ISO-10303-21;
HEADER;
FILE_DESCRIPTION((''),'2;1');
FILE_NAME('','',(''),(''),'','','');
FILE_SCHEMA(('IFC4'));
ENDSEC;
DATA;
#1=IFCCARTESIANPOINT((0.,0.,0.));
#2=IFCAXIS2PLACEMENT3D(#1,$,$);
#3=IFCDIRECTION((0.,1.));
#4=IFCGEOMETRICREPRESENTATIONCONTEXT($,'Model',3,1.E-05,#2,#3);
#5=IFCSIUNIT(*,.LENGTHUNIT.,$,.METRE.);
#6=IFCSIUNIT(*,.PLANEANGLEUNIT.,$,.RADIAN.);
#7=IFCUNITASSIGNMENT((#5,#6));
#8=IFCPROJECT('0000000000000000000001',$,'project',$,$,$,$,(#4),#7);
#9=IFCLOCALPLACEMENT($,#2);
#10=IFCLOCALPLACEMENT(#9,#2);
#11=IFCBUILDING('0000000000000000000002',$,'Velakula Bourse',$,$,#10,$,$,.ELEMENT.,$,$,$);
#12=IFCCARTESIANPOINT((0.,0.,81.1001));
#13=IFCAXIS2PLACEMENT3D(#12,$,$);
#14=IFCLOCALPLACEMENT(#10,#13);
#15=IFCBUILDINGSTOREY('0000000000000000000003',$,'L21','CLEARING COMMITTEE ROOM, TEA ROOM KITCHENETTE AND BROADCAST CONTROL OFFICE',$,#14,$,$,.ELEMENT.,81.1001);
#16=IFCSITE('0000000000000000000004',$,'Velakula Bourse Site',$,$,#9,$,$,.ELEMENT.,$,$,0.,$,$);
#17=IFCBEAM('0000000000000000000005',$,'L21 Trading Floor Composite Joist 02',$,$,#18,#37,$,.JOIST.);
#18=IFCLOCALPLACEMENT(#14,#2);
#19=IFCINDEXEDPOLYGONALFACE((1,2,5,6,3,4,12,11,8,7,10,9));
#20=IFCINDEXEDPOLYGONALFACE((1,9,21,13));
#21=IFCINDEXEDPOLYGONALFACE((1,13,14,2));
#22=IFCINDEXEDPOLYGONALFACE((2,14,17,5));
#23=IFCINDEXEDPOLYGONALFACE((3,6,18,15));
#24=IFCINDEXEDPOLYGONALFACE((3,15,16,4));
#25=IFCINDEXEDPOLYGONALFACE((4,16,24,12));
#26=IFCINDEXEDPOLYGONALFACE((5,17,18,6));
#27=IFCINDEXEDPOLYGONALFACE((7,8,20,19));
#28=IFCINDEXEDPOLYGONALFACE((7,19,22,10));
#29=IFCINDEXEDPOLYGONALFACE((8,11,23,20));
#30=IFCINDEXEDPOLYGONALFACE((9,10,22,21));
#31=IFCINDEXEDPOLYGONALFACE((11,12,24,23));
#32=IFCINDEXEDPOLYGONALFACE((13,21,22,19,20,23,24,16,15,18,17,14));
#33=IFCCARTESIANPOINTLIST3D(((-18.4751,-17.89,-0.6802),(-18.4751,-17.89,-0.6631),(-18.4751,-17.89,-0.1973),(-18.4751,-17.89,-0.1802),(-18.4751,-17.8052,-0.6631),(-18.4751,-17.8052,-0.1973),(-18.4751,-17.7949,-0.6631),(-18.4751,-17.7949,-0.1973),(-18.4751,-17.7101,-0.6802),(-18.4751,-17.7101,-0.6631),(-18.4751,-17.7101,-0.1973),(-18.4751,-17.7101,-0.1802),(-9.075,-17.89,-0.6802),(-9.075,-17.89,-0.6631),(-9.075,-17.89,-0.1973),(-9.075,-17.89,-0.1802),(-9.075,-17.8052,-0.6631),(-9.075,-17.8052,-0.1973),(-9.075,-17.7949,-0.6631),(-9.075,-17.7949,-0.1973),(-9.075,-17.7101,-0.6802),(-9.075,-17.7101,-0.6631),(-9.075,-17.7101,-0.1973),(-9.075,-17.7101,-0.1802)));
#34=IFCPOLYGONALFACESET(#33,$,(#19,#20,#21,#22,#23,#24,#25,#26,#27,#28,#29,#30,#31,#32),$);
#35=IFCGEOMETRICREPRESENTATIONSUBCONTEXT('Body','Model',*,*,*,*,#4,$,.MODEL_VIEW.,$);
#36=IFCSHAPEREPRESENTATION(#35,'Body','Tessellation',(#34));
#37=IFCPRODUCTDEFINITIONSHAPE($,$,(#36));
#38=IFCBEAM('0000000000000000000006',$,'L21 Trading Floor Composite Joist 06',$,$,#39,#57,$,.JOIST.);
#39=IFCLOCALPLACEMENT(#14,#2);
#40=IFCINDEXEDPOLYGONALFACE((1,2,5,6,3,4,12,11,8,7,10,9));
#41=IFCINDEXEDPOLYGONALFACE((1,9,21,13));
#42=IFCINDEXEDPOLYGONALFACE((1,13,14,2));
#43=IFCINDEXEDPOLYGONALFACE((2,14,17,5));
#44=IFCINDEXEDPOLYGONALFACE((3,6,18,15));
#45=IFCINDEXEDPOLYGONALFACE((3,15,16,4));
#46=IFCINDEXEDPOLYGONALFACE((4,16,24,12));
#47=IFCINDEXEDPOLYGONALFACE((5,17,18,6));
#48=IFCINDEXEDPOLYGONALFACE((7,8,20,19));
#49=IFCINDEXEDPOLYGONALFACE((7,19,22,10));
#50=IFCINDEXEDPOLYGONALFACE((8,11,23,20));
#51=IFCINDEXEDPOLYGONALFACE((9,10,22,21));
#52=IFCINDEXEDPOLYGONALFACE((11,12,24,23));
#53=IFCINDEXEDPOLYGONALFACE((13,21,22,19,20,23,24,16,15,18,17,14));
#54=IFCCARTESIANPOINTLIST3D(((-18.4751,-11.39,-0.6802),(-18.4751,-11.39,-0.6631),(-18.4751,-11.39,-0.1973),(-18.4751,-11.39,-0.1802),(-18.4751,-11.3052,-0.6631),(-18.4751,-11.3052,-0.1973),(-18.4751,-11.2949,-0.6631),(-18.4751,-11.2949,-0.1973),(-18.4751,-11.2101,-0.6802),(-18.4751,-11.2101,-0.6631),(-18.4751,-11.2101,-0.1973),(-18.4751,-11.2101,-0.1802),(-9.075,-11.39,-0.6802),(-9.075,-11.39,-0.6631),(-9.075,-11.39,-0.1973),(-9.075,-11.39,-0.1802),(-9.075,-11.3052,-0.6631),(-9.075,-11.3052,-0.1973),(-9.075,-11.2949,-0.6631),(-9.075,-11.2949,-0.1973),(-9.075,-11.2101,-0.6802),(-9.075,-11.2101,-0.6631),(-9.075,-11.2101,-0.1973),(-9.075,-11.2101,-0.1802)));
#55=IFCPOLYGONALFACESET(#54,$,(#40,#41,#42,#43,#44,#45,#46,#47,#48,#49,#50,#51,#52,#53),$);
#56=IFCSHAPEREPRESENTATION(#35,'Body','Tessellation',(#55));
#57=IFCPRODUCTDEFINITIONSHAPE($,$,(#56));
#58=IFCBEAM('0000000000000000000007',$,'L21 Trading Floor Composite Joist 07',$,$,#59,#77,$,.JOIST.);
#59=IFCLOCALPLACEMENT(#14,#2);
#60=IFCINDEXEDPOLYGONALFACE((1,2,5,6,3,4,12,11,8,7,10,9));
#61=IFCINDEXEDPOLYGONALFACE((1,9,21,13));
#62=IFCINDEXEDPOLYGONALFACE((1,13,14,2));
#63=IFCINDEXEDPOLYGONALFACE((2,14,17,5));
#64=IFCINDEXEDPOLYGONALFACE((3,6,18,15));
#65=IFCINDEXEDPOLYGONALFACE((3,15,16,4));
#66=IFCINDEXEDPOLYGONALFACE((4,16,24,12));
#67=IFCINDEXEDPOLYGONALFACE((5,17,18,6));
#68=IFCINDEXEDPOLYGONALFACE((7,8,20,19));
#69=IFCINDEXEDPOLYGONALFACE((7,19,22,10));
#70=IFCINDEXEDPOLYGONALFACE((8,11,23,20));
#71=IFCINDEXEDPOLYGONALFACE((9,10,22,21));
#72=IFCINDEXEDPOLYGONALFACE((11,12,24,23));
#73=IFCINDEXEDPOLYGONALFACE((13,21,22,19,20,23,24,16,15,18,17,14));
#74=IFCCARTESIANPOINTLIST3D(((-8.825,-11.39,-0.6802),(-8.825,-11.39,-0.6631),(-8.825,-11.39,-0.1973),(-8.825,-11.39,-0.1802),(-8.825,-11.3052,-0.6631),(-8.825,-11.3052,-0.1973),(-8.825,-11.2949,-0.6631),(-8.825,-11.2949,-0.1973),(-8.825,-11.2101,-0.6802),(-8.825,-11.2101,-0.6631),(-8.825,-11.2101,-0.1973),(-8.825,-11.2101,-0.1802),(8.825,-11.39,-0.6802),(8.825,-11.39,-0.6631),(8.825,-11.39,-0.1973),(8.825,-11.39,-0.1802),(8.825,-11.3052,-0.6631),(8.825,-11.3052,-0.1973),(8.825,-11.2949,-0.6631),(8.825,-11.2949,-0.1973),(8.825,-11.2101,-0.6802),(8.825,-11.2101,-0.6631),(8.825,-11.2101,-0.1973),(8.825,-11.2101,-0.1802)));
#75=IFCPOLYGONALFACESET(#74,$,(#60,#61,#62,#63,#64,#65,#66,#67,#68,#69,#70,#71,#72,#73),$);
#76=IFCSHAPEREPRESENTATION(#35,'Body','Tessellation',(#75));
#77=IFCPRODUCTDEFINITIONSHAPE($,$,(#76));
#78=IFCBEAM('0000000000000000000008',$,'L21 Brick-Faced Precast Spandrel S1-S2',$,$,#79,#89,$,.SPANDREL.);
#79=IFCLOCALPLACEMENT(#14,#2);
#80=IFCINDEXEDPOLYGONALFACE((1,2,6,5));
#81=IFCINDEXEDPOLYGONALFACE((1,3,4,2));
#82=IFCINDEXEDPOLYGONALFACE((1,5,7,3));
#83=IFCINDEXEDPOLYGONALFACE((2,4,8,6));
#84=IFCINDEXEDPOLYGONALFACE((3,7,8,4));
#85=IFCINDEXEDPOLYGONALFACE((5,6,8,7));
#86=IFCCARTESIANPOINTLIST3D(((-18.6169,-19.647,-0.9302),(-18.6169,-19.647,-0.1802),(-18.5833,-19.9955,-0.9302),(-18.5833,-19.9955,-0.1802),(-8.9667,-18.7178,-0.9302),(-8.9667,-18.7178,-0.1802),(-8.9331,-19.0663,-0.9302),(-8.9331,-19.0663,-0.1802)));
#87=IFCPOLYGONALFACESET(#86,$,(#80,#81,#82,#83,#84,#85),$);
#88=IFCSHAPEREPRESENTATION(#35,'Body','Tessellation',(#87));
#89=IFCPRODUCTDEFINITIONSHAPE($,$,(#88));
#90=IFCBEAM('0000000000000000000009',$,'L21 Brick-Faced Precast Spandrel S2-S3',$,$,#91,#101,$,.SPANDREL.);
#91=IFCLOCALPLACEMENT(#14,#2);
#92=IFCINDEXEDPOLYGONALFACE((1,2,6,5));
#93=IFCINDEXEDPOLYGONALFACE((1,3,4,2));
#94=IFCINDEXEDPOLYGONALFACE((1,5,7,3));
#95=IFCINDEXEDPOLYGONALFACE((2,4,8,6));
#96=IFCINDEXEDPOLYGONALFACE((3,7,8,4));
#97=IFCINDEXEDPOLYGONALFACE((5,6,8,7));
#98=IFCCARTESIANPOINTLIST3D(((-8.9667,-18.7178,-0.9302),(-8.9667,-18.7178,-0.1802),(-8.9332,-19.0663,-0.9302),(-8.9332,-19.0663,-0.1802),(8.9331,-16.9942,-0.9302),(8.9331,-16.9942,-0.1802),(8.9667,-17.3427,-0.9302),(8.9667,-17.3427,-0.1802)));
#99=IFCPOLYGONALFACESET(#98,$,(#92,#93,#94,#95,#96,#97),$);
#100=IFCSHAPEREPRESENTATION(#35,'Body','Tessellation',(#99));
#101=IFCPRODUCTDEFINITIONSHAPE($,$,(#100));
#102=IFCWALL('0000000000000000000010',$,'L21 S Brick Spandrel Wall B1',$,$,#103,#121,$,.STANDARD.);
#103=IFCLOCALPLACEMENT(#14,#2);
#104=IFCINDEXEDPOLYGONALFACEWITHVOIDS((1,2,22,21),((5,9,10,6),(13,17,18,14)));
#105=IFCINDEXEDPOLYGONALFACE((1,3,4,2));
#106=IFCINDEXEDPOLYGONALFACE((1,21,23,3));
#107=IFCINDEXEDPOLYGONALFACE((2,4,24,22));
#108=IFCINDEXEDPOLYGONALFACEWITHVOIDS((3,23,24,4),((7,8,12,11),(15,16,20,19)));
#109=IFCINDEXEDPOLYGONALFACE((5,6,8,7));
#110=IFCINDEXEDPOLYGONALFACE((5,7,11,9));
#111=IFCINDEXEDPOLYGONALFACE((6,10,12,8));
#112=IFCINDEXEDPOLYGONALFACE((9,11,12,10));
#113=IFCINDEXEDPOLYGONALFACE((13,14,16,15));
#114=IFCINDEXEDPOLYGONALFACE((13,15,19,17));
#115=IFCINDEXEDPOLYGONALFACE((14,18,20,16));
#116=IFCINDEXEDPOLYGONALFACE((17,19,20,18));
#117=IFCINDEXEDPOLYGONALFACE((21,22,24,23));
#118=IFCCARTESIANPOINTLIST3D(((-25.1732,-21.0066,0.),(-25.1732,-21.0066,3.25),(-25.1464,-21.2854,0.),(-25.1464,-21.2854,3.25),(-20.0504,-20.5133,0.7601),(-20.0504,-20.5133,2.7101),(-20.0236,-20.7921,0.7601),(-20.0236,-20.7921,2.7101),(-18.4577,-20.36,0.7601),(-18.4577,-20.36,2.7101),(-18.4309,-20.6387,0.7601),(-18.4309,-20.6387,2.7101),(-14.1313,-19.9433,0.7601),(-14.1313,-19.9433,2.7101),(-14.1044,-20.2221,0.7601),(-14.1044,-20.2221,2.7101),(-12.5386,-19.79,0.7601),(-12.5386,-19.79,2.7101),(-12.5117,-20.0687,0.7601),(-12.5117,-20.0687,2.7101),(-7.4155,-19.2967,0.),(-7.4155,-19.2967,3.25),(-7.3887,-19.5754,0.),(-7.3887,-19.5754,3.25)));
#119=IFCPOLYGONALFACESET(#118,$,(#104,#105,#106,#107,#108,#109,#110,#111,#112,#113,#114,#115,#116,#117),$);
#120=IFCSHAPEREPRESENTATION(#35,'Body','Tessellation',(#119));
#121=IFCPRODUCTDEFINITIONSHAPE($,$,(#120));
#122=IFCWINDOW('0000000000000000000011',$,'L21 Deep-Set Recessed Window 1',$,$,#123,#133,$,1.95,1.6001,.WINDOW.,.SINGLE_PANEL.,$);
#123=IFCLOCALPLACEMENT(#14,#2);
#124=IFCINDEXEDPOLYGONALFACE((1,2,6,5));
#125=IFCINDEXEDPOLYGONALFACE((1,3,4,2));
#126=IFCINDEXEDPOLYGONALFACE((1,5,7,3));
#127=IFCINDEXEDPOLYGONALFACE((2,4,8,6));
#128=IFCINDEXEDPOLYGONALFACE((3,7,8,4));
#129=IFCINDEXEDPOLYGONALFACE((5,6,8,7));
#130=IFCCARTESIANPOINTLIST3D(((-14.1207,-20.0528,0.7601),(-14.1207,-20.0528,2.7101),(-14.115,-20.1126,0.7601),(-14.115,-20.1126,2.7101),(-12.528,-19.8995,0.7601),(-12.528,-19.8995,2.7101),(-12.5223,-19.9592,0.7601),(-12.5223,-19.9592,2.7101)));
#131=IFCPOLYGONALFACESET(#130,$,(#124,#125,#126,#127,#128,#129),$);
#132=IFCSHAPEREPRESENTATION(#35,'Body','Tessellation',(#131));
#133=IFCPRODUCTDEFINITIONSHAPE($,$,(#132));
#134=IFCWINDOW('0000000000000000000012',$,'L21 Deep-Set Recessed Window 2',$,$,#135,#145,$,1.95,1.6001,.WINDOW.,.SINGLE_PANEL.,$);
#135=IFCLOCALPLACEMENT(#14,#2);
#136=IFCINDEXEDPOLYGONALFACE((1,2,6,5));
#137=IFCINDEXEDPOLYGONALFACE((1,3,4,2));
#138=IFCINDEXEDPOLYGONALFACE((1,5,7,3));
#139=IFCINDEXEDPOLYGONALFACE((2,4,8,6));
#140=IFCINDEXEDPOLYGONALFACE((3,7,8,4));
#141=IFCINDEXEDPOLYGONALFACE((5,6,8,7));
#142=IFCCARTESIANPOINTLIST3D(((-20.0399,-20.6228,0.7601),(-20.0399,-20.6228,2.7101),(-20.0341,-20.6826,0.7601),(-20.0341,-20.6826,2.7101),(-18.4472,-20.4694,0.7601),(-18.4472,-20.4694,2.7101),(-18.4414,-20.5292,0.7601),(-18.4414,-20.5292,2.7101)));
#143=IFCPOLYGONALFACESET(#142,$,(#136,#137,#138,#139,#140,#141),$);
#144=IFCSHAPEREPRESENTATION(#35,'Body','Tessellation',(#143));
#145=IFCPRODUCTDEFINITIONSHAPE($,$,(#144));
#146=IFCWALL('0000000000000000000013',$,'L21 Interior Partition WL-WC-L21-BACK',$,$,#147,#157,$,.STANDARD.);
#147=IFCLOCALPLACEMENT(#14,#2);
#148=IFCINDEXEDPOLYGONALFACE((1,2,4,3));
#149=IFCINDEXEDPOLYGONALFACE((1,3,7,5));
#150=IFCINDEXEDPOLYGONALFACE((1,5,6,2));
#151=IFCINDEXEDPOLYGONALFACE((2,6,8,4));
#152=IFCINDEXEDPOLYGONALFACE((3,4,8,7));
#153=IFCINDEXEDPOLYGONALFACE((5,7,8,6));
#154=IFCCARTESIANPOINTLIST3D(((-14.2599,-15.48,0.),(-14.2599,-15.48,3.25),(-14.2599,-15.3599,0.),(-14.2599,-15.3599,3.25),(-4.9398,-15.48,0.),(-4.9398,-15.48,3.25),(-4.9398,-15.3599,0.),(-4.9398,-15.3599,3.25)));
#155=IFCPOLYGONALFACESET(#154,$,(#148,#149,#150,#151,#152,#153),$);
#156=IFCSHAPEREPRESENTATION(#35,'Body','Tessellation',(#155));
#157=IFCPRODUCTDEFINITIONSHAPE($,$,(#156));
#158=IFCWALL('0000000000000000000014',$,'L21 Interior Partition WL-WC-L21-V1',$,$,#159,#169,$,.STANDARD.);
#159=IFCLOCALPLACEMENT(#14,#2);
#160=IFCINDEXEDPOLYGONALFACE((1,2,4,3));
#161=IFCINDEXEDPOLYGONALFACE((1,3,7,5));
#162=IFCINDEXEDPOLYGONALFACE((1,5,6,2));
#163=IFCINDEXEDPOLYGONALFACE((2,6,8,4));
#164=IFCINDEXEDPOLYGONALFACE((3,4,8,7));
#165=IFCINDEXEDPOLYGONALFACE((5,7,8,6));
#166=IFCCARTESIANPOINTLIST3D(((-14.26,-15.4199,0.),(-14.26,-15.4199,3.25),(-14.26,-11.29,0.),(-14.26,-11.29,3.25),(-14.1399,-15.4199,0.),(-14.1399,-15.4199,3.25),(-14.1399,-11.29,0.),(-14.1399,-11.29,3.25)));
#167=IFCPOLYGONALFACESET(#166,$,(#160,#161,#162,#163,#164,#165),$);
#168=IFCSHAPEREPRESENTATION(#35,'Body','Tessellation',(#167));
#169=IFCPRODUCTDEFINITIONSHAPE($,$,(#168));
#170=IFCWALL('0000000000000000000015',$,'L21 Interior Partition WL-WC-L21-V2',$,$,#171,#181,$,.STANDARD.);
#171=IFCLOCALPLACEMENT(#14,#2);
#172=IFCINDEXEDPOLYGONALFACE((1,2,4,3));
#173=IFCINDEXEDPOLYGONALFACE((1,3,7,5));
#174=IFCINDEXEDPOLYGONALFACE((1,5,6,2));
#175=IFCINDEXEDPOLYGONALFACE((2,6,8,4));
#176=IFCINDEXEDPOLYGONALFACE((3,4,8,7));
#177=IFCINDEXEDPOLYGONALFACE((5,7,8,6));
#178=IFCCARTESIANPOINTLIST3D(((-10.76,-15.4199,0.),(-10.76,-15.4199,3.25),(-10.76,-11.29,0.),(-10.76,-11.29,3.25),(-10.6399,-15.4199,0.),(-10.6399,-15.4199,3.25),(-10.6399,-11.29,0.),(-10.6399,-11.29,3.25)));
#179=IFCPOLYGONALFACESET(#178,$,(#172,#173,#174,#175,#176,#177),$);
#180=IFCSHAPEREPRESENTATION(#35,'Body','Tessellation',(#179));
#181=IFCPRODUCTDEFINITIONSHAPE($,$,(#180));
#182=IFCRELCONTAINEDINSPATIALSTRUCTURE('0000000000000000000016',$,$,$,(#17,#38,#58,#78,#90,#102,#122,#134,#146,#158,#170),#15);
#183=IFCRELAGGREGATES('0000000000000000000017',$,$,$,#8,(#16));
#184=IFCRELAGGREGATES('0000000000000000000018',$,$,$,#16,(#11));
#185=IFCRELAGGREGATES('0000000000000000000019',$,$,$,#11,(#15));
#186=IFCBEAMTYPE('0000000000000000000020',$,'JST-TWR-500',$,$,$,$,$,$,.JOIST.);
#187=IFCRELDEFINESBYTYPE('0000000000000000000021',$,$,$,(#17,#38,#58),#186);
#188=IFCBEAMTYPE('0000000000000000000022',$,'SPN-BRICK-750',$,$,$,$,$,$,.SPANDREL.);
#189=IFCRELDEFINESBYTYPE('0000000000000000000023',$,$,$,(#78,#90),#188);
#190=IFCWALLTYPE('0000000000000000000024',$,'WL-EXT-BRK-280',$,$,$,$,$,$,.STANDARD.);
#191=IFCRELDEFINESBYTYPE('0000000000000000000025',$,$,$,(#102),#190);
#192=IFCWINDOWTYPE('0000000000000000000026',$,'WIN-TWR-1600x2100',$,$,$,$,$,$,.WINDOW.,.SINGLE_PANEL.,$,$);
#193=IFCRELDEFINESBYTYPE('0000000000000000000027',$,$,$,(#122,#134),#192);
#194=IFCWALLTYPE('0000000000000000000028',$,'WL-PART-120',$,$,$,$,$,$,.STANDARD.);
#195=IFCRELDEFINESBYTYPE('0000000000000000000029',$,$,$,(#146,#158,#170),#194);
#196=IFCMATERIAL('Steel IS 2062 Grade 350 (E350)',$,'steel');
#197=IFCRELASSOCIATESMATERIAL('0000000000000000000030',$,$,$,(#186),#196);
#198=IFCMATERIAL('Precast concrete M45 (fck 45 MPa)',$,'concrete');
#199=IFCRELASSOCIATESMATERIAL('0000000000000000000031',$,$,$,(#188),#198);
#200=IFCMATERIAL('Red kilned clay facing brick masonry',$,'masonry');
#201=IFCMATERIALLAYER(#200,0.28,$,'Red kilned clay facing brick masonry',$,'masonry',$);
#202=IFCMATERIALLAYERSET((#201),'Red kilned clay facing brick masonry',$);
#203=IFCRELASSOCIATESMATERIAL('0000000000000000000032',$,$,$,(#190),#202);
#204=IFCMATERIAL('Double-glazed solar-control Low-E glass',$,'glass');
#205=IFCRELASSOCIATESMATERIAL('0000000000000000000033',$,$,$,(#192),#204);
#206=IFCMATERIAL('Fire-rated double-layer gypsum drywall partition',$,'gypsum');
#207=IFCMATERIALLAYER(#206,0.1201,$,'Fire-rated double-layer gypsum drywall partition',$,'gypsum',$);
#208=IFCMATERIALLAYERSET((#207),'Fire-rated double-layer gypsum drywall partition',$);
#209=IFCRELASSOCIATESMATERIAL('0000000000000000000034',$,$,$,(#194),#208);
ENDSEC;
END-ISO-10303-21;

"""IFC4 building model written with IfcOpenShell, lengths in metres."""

from ifc_helpers import new_model, si_unit, direction, frame, frame_2d, origin, origin_2d, place, context, subcontext, project, spatial, rectangle, i_section, extrude, material, layer, layer_set, material_profile, profile_set, type_object, element, fill, save


model = new_model("IFC4")

# Units and contexts
model_context = context("Model", 3, precision=1e-05, world=origin(), true_north=direction((0.0, 1.0)))
body_context = subcontext(model_context, "Body", "Model", "MODEL_VIEW")
ifc_project = project(units=[si_unit("LENGTHUNIT", "METRE"), si_unit("PLANEANGLEUNIT", "RADIAN")], contexts=[model_context])

# Site, building, storey
site_placement = place(None, origin())
site = spatial("IfcSite", under=ifc_project, at=site_placement, Name="Velakula Bourse Site", CompositionType="ELEMENT", RefElevation=0.0)
building_placement = place(site_placement, origin())
building = spatial("IfcBuilding", under=site, at=building_placement, Name="Velakula Bourse", CompositionType="ELEMENT")
storey_placement = place(building_placement, frame((0.0, 0.0, 81.1001)))
storey = spatial("IfcBuildingStorey", under=building, at=storey_placement, Name="L21", Description="CLEARING COMMITTEE ROOM, TEA ROOM KITCHENETTE AND BROADCAST CONTROL OFFICE", CompositionType="ELEMENT", Elevation=81.1001)

# Beams
ifc_material_1 = material(Name="Steel IS 2062 Grade 350 (E350)", Category="steel")
ifc_material_profile_1 = material_profile(ifc_material_1, i_section(OverallWidth=0.1799, OverallDepth=0.5, WebThickness=0.0103, FlangeThickness=0.0171, at=origin_2d()), Name="Steel IS 2062 Grade 350 (E350)")
ifc_profile_set_1 = profile_set([ifc_material_profile_1], Name="Steel IS 2062 Grade 350 (E350)")
beam_type_1 = type_object("IfcBeamType", Name="JST-TWR-500", PredefinedType="JOIST", material=ifc_profile_set_1)
for number, where, z_axis, x_axis, name in (
    (1, (-18.4751, -17.8, -0.4302), (1.0, 0.0, 0.0), (0.0, 1.0, 0.0), "L21 Trading Floor Composite Joist 02"),
    (2, (-18.4751, -11.3, -0.4302), (1.0, 0.0, 0.0), (0.0, 1.0, 0.0), "L21 Trading Floor Composite Joist 06"),
):
    element("IfcBeam", number, at=place(storey_placement, frame(where, z_axis=z_axis, x_axis=x_axis)), inside=storey, type_object=beam_type_1, Name=name, PredefinedType="JOIST", context=body_context, shape_type="SweptSolid", body=[
        extrude(i_section(OverallWidth=0.1799, OverallDepth=0.5, WebThickness=0.0103, FlangeThickness=0.0171, at=origin_2d()), origin(), (0.0, 0.0, 1.0), 9.4001),
    ])
beam_1_placement = place(storey_placement, frame((-8.825, -11.3, -0.4302), z_axis=(1.0, 0.0, 0.0), x_axis=(0.0, 1.0, 0.0)))
element("IfcBeam", 3, at=beam_1_placement, inside=storey, type_object=beam_type_1, Name="L21 Trading Floor Composite Joist 07", PredefinedType="JOIST", context=body_context, shape_type="SweptSolid", body=[
    extrude(i_section(OverallWidth=0.1799, OverallDepth=0.5, WebThickness=0.0103, FlangeThickness=0.0171, at=origin_2d()), origin(), (0.0, 0.0, 1.0), 17.6499),
])
ifc_material_2 = material(Name="Precast concrete M45 (fck 45 MPa)", Category="concrete")
ifc_material_profile_2 = material_profile(ifc_material_2, rectangle(XDim=0.3501, YDim=0.75, at=origin_2d()), Name="Precast concrete M45 (fck 45 MPa)")
ifc_profile_set_2 = profile_set([ifc_material_profile_2], Name="Precast concrete M45 (fck 45 MPa)")
beam_type_2 = type_object("IfcBeamType", Name="SPN-BRICK-750", PredefinedType="SPANDREL", material=ifc_profile_set_2)
beam_2_placement = place(storey_placement, frame((-18.6001, -19.8213, -0.5552), z_axis=(0.995396, 0.095845, 0.0), x_axis=(-0.095845, 0.995396, 0.0)))
element("IfcBeam", 4, at=beam_2_placement, inside=storey, type_object=beam_type_2, Name="L21 Brick-Faced Precast Spandrel S1-S2", PredefinedType="SPANDREL", context=body_context, shape_type="SweptSolid", body=[
    extrude(rectangle(XDim=0.3501, YDim=0.75, at=origin_2d()), origin(), (0.0, 0.0, 1.0), 9.6948),
])
beam_3_placement = place(storey_placement, frame((-8.95, -18.8921, -0.5552), z_axis=(0.995396, 0.09585, 0.0), x_axis=(-0.09585, 0.995396, 0.0)))
element("IfcBeam", 5, at=beam_3_placement, inside=storey, type_object=beam_type_2, Name="L21 Brick-Faced Precast Spandrel S2-S3", PredefinedType="SPANDREL", context=body_context, shape_type="SweptSolid", body=[
    extrude(rectangle(XDim=0.3501, YDim=0.75, at=origin_2d()), origin(), (0.0, 0.0, 1.0), 17.9827),
])

# Wall, openings, windows
ifc_material_3 = material(Name="Red kilned clay facing brick masonry", Category="masonry")
ifc_layer_1 = layer(ifc_material_3, 0.28, Name="Red kilned clay facing brick masonry", Category="masonry")
ifc_layer_set_1 = layer_set([ifc_layer_1], Name="Red kilned clay facing brick masonry")
wall_type_1 = type_object("IfcWallType", Name="WL-EXT-BRK-280", PredefinedType="STANDARD", material=ifc_layer_set_1)
wall_1_placement = place(storey_placement, frame((-7.4021, -19.436, 0.0), z_axis=(0.0, 0.0, 1.0), x_axis=(-0.995396, -0.09585, 0.0)))
wall_1 = element("IfcWall", 6, at=wall_1_placement, inside=storey, type_object=wall_type_1, Name="L21 S Brick Spandrel Wall B1", PredefinedType="STANDARD", context=body_context, shape_type="SweptSolid", body=[
    extrude(rectangle(XDim=17.8398, YDim=0.28, at=frame_2d((8.9199, 0.0))), origin(), (0.0, 0.0, 1.0), 3.25),
])
opening_1_placement = place(wall_1_placement, frame((5.1467, 0.0, 0.76)))
opening_1 = element("IfcOpeningElement", 7, at=opening_1_placement, cuts=wall_1, PredefinedType="OPENING", context=body_context, shape_type="SweptSolid", body=[
    extrude(rectangle(XDim=1.6001, YDim=1.95, at=frame_2d((0.8, 0.9751))), frame((0.0, 0.1499, 0.0), z_axis=(0.0, -1.0, 0.0), x_axis=(1.0, 0.0, 0.0)), (0.0, 0.0, 1.0), 0.3),
])
opening_2_placement = place(wall_1_placement, frame((11.0933, 0.0, 0.76)))
opening_2 = element("IfcOpeningElement", 8, at=opening_2_placement, cuts=wall_1, PredefinedType="OPENING", context=body_context, shape_type="SweptSolid", body=[
    extrude(rectangle(XDim=1.6001, YDim=1.95, at=frame_2d((0.8, 0.9751))), frame((0.0, 0.1499, 0.0), z_axis=(0.0, -1.0, 0.0), x_axis=(1.0, 0.0, 0.0)), (0.0, 0.0, 1.0), 0.3),
])
ifc_material_4 = material(Name="Double-glazed solar-control Low-E glass", Category="glass")
window_type = type_object("IfcWindowType", Name="WIN-TWR-1600x2100", PartitioningType="SINGLE_PANEL", PredefinedType="WINDOW", material=ifc_material_4)
window_1_placement = place(opening_1_placement, origin())
window_1 = element("IfcWindow", 9, at=window_1_placement, inside=storey, type_object=window_type, Name="L21 Deep-Set Recessed Window 1", OverallHeight=1.95, OverallWidth=1.6001, PartitioningType="SINGLE_PANEL", PredefinedType="WINDOW", context=body_context, shape_type="SweptSolid", body=[
    extrude(rectangle(XDim=1.6001, YDim=1.95, at=frame_2d((0.8, 0.9751))), frame((0.0, 0.03, 0.0), z_axis=(0.0, -1.0, 0.0), x_axis=(1.0, 0.0, 0.0)), (0.0, 0.0, 1.0), 0.0601),
])
fill(opening_1, window_1)
window_2_placement = place(opening_2_placement, origin())
window_2 = element("IfcWindow", 10, at=window_2_placement, inside=storey, type_object=window_type, Name="L21 Deep-Set Recessed Window 2", OverallHeight=1.95, OverallWidth=1.6001, PartitioningType="SINGLE_PANEL", PredefinedType="WINDOW", context=body_context, shape_type="SweptSolid", body=[
    extrude(rectangle(XDim=1.6001, YDim=1.95, at=frame_2d((0.8, 0.9751))), frame((0.0, 0.03, 0.0), z_axis=(0.0, -1.0, 0.0), x_axis=(1.0, 0.0, 0.0)), (0.0, 0.0, 1.0), 0.0601),
])
fill(opening_2, window_2)

# Walls
ifc_material_5 = material(Name="Fire-rated double-layer gypsum drywall partition", Category="gypsum")
ifc_layer_2 = layer(ifc_material_5, 0.1201, Name="Fire-rated double-layer gypsum drywall partition", Category="gypsum")
ifc_layer_set_2 = layer_set([ifc_layer_2], Name="Fire-rated double-layer gypsum drywall partition")
wall_type_2 = type_object("IfcWallType", Name="WL-PART-120", PredefinedType="STANDARD", material=ifc_layer_set_2)
wall_2_placement = place(storey_placement, frame((-14.26, -15.4199, 0.0), z_axis=(0.0, 0.0, 1.0), x_axis=(1.0, 0.0, 0.0)))
element("IfcWall", 11, at=wall_2_placement, inside=storey, type_object=wall_type_2, Name="L21 Interior Partition WL-WC-L21-BACK", PredefinedType="STANDARD", context=body_context, shape_type="SweptSolid", body=[
    extrude(rectangle(XDim=9.3201, YDim=0.1201, at=frame_2d((4.6602, 0.0))), origin(), (0.0, 0.0, 1.0), 3.25),
])
for number, where, z_axis, x_axis, name in (
    (12, (-14.2, -15.4199, 0.0), (0.0, 0.0, 1.0), (0.0, 1.0, 0.0), "L21 Interior Partition WL-WC-L21-V1"),
    (13, (-10.7, -15.4199, 0.0), (0.0, 0.0, 1.0), (0.0, 1.0, 0.0), "L21 Interior Partition WL-WC-L21-V2"),
):
    element("IfcWall", number, at=place(storey_placement, frame(where, z_axis=z_axis, x_axis=x_axis)), inside=storey, type_object=wall_type_2, Name=name, PredefinedType="STANDARD", context=body_context, shape_type="SweptSolid", body=[
        extrude(rectangle(XDim=4.1299, YDim=0.1201, at=frame_2d((2.0649, 0.0))), origin(), (0.0, 0.0, 1.0), 3.25),
    ])

save(model, "model.ifc")
